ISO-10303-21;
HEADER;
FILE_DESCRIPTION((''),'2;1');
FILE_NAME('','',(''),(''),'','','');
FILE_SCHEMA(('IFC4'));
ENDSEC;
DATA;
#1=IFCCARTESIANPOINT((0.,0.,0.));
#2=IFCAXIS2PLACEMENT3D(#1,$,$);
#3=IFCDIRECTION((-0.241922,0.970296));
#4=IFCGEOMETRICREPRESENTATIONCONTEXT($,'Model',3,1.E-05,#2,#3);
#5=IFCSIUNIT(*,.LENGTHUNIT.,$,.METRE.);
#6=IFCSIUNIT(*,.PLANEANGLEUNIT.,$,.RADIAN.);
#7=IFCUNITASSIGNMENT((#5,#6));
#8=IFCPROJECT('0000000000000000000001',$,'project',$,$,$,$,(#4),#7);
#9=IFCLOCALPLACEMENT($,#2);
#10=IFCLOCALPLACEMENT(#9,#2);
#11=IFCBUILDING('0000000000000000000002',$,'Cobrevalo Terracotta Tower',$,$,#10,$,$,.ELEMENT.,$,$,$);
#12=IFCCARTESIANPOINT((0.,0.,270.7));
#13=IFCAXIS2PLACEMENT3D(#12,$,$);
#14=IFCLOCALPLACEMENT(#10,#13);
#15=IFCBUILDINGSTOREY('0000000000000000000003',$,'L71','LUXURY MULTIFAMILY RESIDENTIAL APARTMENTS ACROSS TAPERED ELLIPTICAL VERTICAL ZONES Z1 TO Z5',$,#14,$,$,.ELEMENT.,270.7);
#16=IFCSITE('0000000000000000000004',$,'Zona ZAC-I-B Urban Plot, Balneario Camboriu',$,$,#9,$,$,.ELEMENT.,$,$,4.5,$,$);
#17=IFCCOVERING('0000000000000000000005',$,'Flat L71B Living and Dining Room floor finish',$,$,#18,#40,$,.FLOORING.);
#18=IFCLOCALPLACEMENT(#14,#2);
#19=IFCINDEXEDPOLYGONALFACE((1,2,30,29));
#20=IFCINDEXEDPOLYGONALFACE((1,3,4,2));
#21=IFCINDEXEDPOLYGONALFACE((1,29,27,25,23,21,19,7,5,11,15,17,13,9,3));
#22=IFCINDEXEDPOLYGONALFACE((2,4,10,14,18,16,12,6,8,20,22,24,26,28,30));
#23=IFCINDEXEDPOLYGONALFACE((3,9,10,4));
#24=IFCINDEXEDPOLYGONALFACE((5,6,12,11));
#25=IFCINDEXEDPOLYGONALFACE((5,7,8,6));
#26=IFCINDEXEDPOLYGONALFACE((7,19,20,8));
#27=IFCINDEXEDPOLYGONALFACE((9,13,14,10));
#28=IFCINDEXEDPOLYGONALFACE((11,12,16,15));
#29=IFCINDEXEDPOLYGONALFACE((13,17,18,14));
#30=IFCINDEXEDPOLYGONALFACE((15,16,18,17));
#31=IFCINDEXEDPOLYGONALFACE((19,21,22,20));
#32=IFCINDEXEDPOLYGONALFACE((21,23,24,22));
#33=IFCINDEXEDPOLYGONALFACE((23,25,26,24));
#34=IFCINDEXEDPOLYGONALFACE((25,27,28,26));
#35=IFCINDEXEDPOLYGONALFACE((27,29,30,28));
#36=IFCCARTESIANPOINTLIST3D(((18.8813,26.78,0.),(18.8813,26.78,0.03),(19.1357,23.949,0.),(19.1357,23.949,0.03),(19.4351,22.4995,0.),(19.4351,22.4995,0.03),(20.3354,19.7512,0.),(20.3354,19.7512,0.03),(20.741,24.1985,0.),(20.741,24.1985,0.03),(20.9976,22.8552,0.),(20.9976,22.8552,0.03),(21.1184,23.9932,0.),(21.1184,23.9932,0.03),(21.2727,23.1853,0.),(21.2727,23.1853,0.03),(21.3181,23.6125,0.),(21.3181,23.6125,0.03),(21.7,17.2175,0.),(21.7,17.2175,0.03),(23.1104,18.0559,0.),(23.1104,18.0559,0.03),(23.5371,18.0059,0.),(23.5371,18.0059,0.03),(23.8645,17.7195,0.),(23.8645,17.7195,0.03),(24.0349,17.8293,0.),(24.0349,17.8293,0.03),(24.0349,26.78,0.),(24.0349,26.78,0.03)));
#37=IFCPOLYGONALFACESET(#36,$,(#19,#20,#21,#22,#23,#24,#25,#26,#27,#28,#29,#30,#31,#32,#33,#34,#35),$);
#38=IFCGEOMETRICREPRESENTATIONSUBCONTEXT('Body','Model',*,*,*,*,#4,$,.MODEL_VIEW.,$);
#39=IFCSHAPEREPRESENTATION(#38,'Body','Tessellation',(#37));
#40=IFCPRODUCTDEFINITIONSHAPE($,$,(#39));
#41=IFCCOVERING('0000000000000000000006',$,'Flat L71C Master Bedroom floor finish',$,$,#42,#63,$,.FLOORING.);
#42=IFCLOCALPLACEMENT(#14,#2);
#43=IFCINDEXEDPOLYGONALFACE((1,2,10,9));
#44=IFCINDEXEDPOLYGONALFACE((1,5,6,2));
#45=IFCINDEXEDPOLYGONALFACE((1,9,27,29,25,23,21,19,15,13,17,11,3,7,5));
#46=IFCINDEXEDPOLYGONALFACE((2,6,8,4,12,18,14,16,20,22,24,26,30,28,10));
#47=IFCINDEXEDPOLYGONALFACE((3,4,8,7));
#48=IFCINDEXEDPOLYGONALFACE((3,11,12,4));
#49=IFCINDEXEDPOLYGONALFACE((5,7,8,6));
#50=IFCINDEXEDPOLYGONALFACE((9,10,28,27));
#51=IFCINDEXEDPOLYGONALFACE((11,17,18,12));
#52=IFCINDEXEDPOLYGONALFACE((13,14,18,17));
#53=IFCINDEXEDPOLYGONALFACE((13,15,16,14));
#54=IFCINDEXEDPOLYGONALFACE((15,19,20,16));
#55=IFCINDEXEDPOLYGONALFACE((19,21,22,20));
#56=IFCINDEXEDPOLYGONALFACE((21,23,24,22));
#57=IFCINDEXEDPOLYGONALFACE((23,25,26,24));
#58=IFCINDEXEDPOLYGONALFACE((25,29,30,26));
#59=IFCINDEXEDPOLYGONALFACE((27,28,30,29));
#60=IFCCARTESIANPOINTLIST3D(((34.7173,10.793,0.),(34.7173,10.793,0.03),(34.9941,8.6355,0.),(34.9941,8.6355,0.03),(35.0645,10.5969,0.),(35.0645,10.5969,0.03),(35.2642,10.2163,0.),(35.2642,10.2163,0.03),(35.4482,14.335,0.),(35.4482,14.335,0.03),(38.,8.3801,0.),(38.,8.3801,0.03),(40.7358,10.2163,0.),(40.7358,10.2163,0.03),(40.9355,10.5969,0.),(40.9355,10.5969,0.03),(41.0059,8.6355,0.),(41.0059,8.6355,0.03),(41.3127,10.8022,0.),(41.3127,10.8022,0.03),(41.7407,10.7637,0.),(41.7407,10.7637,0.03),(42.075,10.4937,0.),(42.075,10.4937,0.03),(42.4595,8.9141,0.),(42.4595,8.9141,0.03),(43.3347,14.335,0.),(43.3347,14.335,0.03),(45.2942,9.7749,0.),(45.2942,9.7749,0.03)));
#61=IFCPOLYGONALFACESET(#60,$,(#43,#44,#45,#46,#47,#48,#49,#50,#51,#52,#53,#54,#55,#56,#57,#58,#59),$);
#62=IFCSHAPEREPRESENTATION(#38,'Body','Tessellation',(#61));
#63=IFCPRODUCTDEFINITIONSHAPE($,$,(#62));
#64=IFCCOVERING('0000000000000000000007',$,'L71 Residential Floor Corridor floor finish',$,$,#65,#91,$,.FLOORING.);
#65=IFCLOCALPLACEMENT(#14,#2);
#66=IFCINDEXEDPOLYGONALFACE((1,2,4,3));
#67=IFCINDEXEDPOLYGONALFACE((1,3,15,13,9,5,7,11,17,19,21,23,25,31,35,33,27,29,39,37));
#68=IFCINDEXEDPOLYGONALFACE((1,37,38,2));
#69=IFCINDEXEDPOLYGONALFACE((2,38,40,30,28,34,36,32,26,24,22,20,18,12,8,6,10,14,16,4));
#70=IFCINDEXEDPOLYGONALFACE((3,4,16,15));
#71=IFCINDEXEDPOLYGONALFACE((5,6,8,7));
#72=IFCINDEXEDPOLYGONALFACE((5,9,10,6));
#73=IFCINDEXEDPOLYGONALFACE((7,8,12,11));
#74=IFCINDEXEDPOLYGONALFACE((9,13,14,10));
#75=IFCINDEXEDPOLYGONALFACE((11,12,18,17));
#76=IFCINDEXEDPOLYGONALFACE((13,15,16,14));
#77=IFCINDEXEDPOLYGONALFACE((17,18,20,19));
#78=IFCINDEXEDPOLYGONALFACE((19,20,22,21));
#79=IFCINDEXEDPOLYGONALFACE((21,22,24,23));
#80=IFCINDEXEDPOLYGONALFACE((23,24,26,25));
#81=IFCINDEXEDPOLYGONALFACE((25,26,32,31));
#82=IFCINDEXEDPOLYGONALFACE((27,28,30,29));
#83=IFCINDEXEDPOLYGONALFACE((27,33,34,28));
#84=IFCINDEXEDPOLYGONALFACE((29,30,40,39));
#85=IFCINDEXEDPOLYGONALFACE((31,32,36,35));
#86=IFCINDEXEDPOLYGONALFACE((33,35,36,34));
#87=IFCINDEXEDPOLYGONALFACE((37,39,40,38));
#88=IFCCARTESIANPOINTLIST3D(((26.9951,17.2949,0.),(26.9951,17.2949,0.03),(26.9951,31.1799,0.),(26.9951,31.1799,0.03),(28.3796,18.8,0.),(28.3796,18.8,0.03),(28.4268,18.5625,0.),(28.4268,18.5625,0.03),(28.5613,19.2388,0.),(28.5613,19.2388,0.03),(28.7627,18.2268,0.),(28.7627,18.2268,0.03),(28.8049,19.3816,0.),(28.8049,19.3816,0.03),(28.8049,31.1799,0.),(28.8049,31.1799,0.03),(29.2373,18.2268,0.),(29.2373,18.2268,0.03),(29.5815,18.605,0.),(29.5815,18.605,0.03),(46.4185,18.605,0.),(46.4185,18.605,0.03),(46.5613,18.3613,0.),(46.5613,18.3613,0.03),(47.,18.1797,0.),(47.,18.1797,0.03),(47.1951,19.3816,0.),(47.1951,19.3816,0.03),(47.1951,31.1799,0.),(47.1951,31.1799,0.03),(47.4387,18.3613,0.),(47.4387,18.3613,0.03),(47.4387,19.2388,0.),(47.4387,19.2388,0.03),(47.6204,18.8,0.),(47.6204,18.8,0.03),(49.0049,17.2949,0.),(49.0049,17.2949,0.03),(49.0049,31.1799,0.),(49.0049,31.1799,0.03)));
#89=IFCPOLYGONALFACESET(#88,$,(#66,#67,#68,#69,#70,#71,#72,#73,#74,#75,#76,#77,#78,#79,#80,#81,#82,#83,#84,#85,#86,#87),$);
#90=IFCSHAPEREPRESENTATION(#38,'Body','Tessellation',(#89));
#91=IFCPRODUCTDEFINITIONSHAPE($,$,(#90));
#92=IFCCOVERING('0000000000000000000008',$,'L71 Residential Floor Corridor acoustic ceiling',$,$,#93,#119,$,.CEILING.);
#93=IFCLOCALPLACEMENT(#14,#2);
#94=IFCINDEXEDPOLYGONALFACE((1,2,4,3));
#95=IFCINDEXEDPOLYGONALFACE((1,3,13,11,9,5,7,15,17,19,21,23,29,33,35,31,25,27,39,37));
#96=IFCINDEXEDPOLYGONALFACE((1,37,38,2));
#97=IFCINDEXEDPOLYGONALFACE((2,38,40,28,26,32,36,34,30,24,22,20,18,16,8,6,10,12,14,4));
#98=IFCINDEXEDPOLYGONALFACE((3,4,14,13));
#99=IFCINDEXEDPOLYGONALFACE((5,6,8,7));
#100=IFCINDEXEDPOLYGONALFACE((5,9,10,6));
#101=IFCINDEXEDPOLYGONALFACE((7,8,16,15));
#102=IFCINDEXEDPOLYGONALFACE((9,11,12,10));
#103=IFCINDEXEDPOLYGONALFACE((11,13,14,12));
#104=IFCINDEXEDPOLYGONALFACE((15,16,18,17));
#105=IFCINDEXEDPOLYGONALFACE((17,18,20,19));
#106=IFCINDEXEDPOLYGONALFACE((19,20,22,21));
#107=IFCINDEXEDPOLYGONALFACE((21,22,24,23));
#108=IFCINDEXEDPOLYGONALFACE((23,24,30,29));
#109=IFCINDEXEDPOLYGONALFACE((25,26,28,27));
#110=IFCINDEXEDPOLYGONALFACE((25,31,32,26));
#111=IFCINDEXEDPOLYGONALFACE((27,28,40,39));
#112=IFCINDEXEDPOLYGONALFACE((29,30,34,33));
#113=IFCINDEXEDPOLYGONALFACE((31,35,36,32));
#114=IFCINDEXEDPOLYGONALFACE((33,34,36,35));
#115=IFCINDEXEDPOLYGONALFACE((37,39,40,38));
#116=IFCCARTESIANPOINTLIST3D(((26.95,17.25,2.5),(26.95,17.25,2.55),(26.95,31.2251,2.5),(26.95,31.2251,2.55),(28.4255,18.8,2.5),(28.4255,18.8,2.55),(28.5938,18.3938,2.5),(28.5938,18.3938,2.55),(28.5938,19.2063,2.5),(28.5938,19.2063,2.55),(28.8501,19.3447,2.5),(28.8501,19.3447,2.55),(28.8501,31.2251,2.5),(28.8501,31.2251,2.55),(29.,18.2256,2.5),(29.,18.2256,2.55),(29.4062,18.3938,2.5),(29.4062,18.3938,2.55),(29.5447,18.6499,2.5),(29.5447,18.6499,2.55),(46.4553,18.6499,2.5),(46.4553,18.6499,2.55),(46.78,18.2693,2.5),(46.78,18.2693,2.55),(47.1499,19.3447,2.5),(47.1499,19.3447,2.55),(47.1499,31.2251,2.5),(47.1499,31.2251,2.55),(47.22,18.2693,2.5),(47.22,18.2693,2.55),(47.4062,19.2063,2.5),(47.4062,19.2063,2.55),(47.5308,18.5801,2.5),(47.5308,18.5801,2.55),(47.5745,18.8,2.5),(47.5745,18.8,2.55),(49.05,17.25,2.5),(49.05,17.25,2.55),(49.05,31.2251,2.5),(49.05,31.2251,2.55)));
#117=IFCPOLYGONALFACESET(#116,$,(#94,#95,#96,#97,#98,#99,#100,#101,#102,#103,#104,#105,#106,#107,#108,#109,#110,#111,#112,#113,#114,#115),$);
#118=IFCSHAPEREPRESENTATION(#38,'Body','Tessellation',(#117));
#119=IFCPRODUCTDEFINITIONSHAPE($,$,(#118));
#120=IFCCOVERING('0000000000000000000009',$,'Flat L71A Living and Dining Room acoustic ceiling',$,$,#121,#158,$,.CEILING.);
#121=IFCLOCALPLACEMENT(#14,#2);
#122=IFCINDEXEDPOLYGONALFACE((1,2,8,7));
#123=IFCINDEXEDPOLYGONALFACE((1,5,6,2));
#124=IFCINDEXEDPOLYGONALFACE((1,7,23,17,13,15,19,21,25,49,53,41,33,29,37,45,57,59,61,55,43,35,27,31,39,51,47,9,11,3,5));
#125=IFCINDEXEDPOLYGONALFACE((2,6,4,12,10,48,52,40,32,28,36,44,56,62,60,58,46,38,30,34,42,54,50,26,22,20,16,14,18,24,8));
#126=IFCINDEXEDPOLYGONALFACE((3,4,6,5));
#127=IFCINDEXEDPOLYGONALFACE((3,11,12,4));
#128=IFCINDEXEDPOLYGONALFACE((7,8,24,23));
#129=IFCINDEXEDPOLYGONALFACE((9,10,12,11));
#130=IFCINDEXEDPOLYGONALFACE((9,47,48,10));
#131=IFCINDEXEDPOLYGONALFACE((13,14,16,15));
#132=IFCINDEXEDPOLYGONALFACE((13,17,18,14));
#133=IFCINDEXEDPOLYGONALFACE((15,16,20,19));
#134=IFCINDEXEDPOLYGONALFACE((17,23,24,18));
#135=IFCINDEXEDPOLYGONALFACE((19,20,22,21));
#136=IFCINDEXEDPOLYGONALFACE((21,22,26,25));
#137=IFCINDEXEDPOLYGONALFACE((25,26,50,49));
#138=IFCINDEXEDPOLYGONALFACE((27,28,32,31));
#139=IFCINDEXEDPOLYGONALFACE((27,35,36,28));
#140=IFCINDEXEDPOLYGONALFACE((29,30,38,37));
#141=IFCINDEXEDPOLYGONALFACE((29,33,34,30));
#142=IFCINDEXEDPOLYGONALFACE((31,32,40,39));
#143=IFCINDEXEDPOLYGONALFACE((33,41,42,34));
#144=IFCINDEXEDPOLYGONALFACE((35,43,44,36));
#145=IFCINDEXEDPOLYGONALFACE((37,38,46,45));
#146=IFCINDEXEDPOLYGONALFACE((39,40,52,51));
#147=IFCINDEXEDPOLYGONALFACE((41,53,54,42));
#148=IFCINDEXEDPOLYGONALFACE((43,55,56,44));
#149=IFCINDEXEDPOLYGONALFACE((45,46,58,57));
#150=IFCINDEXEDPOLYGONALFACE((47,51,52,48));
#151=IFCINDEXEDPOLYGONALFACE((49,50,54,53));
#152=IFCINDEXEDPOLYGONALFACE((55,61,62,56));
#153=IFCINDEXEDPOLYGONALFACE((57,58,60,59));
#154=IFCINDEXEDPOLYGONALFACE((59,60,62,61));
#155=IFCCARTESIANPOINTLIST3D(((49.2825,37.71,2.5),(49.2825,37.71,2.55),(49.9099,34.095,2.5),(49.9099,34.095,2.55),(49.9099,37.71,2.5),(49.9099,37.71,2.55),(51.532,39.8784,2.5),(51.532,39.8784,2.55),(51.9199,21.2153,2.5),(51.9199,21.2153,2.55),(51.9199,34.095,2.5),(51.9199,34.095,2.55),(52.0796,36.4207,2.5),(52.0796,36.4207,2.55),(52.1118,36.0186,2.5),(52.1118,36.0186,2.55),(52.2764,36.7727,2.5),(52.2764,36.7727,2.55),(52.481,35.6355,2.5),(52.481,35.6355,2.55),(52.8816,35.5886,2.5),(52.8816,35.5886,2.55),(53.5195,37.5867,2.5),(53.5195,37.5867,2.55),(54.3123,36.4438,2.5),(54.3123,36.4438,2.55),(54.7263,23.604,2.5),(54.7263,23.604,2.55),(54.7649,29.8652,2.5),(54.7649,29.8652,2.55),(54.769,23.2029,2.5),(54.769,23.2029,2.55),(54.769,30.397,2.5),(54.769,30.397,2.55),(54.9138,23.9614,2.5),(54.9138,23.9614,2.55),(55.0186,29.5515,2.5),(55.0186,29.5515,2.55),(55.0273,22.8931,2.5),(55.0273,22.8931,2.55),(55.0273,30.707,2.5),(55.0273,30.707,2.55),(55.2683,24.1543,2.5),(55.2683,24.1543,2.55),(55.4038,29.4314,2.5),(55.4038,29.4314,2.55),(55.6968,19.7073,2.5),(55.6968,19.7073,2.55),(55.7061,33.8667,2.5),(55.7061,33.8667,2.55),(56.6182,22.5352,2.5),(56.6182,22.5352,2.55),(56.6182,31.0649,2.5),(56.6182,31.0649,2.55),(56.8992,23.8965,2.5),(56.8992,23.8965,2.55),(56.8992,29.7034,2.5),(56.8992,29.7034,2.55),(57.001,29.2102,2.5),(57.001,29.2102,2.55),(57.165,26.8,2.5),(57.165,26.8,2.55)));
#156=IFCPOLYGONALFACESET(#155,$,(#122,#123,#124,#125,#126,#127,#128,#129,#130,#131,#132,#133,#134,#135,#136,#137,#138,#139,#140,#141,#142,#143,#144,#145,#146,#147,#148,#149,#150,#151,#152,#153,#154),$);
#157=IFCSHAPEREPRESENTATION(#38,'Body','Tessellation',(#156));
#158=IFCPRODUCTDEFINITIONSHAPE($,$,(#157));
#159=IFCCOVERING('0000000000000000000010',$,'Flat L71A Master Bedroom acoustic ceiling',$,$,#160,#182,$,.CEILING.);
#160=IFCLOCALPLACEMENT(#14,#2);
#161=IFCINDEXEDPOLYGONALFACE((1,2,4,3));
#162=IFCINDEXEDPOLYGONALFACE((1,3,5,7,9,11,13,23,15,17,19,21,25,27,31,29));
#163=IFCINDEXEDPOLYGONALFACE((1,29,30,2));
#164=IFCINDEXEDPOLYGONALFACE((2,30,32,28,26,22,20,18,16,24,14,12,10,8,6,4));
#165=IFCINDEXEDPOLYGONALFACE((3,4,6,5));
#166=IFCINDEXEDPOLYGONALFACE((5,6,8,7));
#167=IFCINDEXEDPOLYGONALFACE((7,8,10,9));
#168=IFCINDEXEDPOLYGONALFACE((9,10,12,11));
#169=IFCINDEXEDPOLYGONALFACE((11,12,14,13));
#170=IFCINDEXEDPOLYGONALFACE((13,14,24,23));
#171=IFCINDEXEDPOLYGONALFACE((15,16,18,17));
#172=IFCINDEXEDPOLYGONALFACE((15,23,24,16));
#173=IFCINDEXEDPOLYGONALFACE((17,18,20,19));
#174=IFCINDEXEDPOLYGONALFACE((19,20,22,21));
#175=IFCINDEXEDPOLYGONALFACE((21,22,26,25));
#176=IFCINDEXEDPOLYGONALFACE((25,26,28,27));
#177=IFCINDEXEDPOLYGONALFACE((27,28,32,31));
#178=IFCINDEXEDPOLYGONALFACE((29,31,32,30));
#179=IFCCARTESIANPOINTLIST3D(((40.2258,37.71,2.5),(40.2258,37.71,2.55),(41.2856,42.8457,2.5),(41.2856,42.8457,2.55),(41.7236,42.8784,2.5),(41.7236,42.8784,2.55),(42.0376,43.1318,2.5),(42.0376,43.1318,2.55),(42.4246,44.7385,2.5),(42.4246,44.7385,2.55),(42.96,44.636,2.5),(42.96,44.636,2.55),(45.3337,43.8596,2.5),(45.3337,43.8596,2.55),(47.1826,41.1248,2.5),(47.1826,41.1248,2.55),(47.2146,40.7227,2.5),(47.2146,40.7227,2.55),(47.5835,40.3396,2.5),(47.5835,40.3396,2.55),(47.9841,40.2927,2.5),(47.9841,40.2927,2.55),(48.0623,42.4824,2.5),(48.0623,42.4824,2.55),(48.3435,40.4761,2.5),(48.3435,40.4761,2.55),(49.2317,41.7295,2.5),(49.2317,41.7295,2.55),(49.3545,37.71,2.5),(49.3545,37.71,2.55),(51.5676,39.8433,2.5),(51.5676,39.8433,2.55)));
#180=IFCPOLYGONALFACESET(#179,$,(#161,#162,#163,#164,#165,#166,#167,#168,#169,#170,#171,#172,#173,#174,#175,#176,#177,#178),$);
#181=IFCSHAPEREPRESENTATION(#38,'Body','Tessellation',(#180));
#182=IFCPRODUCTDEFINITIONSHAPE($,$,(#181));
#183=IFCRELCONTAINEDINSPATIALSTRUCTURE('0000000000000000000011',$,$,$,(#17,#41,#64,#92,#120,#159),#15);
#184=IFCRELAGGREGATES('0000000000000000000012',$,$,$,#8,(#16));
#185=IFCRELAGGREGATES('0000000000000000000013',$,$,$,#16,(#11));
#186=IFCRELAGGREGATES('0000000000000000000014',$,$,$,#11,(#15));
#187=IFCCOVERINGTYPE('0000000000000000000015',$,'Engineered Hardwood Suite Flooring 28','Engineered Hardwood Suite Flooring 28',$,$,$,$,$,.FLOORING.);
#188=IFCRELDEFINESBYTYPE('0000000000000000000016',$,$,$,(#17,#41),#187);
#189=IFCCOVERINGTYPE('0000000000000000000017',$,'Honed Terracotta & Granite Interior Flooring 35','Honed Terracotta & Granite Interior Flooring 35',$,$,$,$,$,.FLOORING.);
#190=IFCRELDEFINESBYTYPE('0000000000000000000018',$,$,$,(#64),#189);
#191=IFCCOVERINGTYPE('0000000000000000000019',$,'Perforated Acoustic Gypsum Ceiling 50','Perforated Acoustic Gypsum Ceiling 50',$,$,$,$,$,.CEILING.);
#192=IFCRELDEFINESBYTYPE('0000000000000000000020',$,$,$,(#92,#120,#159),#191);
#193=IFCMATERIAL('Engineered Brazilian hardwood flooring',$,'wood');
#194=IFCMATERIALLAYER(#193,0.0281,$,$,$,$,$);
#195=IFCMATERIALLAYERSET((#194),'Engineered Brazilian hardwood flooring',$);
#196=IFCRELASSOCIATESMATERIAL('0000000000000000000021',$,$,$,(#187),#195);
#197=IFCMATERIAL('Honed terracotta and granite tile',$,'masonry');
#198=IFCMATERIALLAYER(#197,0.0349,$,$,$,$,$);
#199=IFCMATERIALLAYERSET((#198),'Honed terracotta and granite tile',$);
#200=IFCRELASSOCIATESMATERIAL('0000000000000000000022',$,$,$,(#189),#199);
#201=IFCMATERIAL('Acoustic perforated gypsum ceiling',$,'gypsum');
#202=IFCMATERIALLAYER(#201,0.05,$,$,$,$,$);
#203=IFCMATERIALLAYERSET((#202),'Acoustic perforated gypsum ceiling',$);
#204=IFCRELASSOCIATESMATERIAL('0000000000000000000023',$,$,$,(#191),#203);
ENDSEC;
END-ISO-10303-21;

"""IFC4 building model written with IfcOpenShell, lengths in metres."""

from ifc_helpers import new_model, si_unit, direction, frame, origin, place, context, subcontext, project, spatial, polyline, outline, extrude, material, layer, layer_set, type_object, element, save


model = new_model("IFC4")

# Units and contexts
model_context = context("Model", 3, precision=1e-05, world=origin(), true_north=direction((-0.241922, 0.970296)))
body_context = subcontext(model_context, "Body", "Model", "MODEL_VIEW")
ifc_project = project(units=[si_unit("LENGTHUNIT", "METRE"), si_unit("PLANEANGLEUNIT", "RADIAN")], contexts=[model_context])

# Site, building, storey
site_placement = place(None, origin())
site = spatial("IfcSite", under=ifc_project, at=site_placement, Name="Zona ZAC-I-B Urban Plot, Balneario Camboriu", CompositionType="ELEMENT", RefElevation=4.5)
building_placement = place(site_placement, origin())
building = spatial("IfcBuilding", under=site, at=building_placement, Name="Cobrevalo Terracotta Tower", CompositionType="ELEMENT")
storey_placement = place(building_placement, frame((0.0, 0.0, 270.7)))
storey = spatial("IfcBuildingStorey", under=building, at=storey_placement, Name="L71", Description="LUXURY MULTIFAMILY RESIDENTIAL APARTMENTS ACROSS TAPERED ELLIPTICAL VERTICAL ZONES Z1 TO Z5", CompositionType="ELEMENT", Elevation=270.7)

# Coverings
ifc_material_1 = material(Name="Engineered Brazilian hardwood flooring", Category="wood")
ifc_layer_1 = layer(ifc_material_1, 0.0281)
ifc_layer_set_1 = layer_set([ifc_layer_1], Name="Engineered Brazilian hardwood flooring")
covering_type_1 = type_object("IfcCoveringType", Name="Engineered Hardwood Suite Flooring 28", Description="Engineered Hardwood Suite Flooring 28", PredefinedType="FLOORING", material=ifc_layer_set_1)
covering_1_placement = place(storey_placement, origin())
element("IfcCovering", 1, at=covering_1_placement, inside=storey, type_object=covering_type_1, Name="Flat L71B Living and Dining Room floor finish", PredefinedType="FLOORING", context=body_context, shape_type="SweptSolid", body=[
    extrude(outline(polyline([(20.3354, 19.7512), (19.4351, 22.4995), (20.9976, 22.8552), (21.2727, 23.1853), (21.3181, 23.6125), (21.1184, 23.9932), (20.741, 24.1985), (19.1357, 23.949), (18.8813, 26.78), (24.0349, 26.78), (24.0349, 17.8293), (23.8645, 17.7195), (23.5371, 18.0059), (23.1104, 18.0559), (21.7, 17.2175), (20.3354, 19.7512)])), origin(), (0.0, 0.0, 1.0), 0.03),
])
covering_2_placement = place(storey_placement, origin())
element("IfcCovering", 2, at=covering_2_placement, inside=storey, type_object=covering_type_1, Name="Flat L71C Master Bedroom floor finish", PredefinedType="FLOORING", context=body_context, shape_type="SweptSolid", body=[
    extrude(outline(polyline([(38.0, 8.3801), (34.9941, 8.6355), (35.2642, 10.2163), (35.0645, 10.5969), (34.7173, 10.793), (35.4482, 14.335), (43.3347, 14.335), (45.2942, 9.7749), (42.4595, 8.9141), (42.075, 10.4937), (41.7407, 10.7637), (41.3127, 10.8022), (40.9355, 10.5969), (40.7358, 10.2163), (41.0059, 8.6355), (38.0, 8.3801)])), origin(), (0.0, 0.0, 1.0), 0.03),
])
ifc_material_2 = material(Name="Honed terracotta and granite tile", Category="masonry")
ifc_layer_2 = layer(ifc_material_2, 0.0349)
ifc_layer_set_2 = layer_set([ifc_layer_2], Name="Honed terracotta and granite tile")
covering_type_2 = type_object("IfcCoveringType", Name="Honed Terracotta & Granite Interior Flooring 35", Description="Honed Terracotta & Granite Interior Flooring 35", PredefinedType="FLOORING", material=ifc_layer_set_2)
covering_3_placement = place(storey_placement, origin())
element("IfcCovering", 3, at=covering_3_placement, inside=storey, type_object=covering_type_2, Name="L71 Residential Floor Corridor floor finish", PredefinedType="FLOORING", context=body_context, shape_type="SweptSolid", body=[
    extrude(outline(polyline([(26.9951, 31.1799), (28.8049, 31.1799), (28.8049, 19.3816), (28.5613, 19.2388), (28.3796, 18.8), (28.4268, 18.5625), (28.7627, 18.2268), (29.2373, 18.2268), (29.5815, 18.605), (46.4185, 18.605), (46.5613, 18.3613), (47.0, 18.1797), (47.4387, 18.3613), (47.6204, 18.8), (47.4387, 19.2388), (47.1951, 19.3816), (47.1951, 31.1799), (49.0049, 31.1799), (49.0049, 17.2949), (26.9951, 17.2949), (26.9951, 31.1799)])), origin(), (0.0, 0.0, 1.0), 0.03),
])
ifc_material_3 = material(Name="Acoustic perforated gypsum ceiling", Category="gypsum")
ifc_layer_3 = layer(ifc_material_3, 0.05)
ifc_layer_set_3 = layer_set([ifc_layer_3], Name="Acoustic perforated gypsum ceiling")
covering_type_3 = type_object("IfcCoveringType", Name="Perforated Acoustic Gypsum Ceiling 50", Description="Perforated Acoustic Gypsum Ceiling 50", PredefinedType="CEILING", material=ifc_layer_set_3)
covering_4_placement = place(storey_placement, frame((0.0, 0.0, 2.5)))
element("IfcCovering", 4, at=covering_4_placement, inside=storey, type_object=covering_type_3, Name="L71 Residential Floor Corridor acoustic ceiling", PredefinedType="CEILING", context=body_context, shape_type="SweptSolid", body=[
    extrude(outline(polyline([(26.95, 31.2251), (28.8501, 31.2251), (28.8501, 19.3447), (28.5938, 19.2063), (28.4255, 18.8), (28.5938, 18.3938), (29.0, 18.2256), (29.4062, 18.3938), (29.5447, 18.6499), (46.4553, 18.6499), (46.78, 18.2693), (47.22, 18.2693), (47.5308, 18.5801), (47.5745, 18.8), (47.4062, 19.2063), (47.1499, 19.3447), (47.1499, 31.2251), (49.05, 31.2251), (49.05, 17.25), (26.95, 17.25), (26.95, 31.2251)])), origin(), (0.0, 0.0, 1.0), 0.05),
])
covering_5_placement = place(storey_placement, frame((0.0, 0.0, 2.5)))
element("IfcCovering", 5, at=covering_5_placement, inside=storey, type_object=covering_type_3, Name="Flat L71A Living and Dining Room acoustic ceiling", PredefinedType="CEILING", context=body_context, shape_type="SweptSolid", body=[
    extrude(outline(polyline([(51.532, 39.8784), (53.5195, 37.5867), (52.2764, 36.7727), (52.0796, 36.4207), (52.1118, 36.0186), (52.481, 35.6355), (52.8816, 35.5886), (54.3123, 36.4438), (55.7061, 33.8667), (56.6182, 31.0649), (55.0273, 30.707), (54.769, 30.397), (54.7649, 29.8652), (55.0186, 29.5515), (55.4038, 29.4314), (56.8992, 29.7034), (57.001, 29.2102), (57.165, 26.8), (56.8992, 23.8965), (55.2683, 24.1543), (54.9138, 23.9614), (54.7263, 23.604), (54.769, 23.2029), (55.0273, 22.8931), (56.6182, 22.5352), (55.6968, 19.7073), (51.9199, 21.2153), (51.9199, 34.095), (49.9099, 34.095), (49.9099, 37.71), (49.2825, 37.71), (51.532, 39.8784)])), origin(), (0.0, 0.0, 1.0), 0.05),
])
covering_6_placement = place(storey_placement, frame((0.0, 0.0, 2.5)))
element("IfcCovering", 6, at=covering_6_placement, inside=storey, type_object=covering_type_3, Name="Flat L71A Master Bedroom acoustic ceiling", PredefinedType="CEILING", context=body_context, shape_type="SweptSolid", body=[
    extrude(outline(polyline([(41.2856, 42.8457), (41.7236, 42.8784), (42.0376, 43.1318), (42.4246, 44.7385), (42.96, 44.636), (45.3337, 43.8596), (48.0623, 42.4824), (47.1826, 41.1248), (47.2146, 40.7227), (47.5835, 40.3396), (47.9841, 40.2927), (48.3435, 40.4761), (49.2317, 41.7295), (51.5676, 39.8433), (49.3545, 37.71), (40.2258, 37.71), (41.2856, 42.8457)])), origin(), (0.0, 0.0, 1.0), 0.05),
])

save(model, "model.ifc")
